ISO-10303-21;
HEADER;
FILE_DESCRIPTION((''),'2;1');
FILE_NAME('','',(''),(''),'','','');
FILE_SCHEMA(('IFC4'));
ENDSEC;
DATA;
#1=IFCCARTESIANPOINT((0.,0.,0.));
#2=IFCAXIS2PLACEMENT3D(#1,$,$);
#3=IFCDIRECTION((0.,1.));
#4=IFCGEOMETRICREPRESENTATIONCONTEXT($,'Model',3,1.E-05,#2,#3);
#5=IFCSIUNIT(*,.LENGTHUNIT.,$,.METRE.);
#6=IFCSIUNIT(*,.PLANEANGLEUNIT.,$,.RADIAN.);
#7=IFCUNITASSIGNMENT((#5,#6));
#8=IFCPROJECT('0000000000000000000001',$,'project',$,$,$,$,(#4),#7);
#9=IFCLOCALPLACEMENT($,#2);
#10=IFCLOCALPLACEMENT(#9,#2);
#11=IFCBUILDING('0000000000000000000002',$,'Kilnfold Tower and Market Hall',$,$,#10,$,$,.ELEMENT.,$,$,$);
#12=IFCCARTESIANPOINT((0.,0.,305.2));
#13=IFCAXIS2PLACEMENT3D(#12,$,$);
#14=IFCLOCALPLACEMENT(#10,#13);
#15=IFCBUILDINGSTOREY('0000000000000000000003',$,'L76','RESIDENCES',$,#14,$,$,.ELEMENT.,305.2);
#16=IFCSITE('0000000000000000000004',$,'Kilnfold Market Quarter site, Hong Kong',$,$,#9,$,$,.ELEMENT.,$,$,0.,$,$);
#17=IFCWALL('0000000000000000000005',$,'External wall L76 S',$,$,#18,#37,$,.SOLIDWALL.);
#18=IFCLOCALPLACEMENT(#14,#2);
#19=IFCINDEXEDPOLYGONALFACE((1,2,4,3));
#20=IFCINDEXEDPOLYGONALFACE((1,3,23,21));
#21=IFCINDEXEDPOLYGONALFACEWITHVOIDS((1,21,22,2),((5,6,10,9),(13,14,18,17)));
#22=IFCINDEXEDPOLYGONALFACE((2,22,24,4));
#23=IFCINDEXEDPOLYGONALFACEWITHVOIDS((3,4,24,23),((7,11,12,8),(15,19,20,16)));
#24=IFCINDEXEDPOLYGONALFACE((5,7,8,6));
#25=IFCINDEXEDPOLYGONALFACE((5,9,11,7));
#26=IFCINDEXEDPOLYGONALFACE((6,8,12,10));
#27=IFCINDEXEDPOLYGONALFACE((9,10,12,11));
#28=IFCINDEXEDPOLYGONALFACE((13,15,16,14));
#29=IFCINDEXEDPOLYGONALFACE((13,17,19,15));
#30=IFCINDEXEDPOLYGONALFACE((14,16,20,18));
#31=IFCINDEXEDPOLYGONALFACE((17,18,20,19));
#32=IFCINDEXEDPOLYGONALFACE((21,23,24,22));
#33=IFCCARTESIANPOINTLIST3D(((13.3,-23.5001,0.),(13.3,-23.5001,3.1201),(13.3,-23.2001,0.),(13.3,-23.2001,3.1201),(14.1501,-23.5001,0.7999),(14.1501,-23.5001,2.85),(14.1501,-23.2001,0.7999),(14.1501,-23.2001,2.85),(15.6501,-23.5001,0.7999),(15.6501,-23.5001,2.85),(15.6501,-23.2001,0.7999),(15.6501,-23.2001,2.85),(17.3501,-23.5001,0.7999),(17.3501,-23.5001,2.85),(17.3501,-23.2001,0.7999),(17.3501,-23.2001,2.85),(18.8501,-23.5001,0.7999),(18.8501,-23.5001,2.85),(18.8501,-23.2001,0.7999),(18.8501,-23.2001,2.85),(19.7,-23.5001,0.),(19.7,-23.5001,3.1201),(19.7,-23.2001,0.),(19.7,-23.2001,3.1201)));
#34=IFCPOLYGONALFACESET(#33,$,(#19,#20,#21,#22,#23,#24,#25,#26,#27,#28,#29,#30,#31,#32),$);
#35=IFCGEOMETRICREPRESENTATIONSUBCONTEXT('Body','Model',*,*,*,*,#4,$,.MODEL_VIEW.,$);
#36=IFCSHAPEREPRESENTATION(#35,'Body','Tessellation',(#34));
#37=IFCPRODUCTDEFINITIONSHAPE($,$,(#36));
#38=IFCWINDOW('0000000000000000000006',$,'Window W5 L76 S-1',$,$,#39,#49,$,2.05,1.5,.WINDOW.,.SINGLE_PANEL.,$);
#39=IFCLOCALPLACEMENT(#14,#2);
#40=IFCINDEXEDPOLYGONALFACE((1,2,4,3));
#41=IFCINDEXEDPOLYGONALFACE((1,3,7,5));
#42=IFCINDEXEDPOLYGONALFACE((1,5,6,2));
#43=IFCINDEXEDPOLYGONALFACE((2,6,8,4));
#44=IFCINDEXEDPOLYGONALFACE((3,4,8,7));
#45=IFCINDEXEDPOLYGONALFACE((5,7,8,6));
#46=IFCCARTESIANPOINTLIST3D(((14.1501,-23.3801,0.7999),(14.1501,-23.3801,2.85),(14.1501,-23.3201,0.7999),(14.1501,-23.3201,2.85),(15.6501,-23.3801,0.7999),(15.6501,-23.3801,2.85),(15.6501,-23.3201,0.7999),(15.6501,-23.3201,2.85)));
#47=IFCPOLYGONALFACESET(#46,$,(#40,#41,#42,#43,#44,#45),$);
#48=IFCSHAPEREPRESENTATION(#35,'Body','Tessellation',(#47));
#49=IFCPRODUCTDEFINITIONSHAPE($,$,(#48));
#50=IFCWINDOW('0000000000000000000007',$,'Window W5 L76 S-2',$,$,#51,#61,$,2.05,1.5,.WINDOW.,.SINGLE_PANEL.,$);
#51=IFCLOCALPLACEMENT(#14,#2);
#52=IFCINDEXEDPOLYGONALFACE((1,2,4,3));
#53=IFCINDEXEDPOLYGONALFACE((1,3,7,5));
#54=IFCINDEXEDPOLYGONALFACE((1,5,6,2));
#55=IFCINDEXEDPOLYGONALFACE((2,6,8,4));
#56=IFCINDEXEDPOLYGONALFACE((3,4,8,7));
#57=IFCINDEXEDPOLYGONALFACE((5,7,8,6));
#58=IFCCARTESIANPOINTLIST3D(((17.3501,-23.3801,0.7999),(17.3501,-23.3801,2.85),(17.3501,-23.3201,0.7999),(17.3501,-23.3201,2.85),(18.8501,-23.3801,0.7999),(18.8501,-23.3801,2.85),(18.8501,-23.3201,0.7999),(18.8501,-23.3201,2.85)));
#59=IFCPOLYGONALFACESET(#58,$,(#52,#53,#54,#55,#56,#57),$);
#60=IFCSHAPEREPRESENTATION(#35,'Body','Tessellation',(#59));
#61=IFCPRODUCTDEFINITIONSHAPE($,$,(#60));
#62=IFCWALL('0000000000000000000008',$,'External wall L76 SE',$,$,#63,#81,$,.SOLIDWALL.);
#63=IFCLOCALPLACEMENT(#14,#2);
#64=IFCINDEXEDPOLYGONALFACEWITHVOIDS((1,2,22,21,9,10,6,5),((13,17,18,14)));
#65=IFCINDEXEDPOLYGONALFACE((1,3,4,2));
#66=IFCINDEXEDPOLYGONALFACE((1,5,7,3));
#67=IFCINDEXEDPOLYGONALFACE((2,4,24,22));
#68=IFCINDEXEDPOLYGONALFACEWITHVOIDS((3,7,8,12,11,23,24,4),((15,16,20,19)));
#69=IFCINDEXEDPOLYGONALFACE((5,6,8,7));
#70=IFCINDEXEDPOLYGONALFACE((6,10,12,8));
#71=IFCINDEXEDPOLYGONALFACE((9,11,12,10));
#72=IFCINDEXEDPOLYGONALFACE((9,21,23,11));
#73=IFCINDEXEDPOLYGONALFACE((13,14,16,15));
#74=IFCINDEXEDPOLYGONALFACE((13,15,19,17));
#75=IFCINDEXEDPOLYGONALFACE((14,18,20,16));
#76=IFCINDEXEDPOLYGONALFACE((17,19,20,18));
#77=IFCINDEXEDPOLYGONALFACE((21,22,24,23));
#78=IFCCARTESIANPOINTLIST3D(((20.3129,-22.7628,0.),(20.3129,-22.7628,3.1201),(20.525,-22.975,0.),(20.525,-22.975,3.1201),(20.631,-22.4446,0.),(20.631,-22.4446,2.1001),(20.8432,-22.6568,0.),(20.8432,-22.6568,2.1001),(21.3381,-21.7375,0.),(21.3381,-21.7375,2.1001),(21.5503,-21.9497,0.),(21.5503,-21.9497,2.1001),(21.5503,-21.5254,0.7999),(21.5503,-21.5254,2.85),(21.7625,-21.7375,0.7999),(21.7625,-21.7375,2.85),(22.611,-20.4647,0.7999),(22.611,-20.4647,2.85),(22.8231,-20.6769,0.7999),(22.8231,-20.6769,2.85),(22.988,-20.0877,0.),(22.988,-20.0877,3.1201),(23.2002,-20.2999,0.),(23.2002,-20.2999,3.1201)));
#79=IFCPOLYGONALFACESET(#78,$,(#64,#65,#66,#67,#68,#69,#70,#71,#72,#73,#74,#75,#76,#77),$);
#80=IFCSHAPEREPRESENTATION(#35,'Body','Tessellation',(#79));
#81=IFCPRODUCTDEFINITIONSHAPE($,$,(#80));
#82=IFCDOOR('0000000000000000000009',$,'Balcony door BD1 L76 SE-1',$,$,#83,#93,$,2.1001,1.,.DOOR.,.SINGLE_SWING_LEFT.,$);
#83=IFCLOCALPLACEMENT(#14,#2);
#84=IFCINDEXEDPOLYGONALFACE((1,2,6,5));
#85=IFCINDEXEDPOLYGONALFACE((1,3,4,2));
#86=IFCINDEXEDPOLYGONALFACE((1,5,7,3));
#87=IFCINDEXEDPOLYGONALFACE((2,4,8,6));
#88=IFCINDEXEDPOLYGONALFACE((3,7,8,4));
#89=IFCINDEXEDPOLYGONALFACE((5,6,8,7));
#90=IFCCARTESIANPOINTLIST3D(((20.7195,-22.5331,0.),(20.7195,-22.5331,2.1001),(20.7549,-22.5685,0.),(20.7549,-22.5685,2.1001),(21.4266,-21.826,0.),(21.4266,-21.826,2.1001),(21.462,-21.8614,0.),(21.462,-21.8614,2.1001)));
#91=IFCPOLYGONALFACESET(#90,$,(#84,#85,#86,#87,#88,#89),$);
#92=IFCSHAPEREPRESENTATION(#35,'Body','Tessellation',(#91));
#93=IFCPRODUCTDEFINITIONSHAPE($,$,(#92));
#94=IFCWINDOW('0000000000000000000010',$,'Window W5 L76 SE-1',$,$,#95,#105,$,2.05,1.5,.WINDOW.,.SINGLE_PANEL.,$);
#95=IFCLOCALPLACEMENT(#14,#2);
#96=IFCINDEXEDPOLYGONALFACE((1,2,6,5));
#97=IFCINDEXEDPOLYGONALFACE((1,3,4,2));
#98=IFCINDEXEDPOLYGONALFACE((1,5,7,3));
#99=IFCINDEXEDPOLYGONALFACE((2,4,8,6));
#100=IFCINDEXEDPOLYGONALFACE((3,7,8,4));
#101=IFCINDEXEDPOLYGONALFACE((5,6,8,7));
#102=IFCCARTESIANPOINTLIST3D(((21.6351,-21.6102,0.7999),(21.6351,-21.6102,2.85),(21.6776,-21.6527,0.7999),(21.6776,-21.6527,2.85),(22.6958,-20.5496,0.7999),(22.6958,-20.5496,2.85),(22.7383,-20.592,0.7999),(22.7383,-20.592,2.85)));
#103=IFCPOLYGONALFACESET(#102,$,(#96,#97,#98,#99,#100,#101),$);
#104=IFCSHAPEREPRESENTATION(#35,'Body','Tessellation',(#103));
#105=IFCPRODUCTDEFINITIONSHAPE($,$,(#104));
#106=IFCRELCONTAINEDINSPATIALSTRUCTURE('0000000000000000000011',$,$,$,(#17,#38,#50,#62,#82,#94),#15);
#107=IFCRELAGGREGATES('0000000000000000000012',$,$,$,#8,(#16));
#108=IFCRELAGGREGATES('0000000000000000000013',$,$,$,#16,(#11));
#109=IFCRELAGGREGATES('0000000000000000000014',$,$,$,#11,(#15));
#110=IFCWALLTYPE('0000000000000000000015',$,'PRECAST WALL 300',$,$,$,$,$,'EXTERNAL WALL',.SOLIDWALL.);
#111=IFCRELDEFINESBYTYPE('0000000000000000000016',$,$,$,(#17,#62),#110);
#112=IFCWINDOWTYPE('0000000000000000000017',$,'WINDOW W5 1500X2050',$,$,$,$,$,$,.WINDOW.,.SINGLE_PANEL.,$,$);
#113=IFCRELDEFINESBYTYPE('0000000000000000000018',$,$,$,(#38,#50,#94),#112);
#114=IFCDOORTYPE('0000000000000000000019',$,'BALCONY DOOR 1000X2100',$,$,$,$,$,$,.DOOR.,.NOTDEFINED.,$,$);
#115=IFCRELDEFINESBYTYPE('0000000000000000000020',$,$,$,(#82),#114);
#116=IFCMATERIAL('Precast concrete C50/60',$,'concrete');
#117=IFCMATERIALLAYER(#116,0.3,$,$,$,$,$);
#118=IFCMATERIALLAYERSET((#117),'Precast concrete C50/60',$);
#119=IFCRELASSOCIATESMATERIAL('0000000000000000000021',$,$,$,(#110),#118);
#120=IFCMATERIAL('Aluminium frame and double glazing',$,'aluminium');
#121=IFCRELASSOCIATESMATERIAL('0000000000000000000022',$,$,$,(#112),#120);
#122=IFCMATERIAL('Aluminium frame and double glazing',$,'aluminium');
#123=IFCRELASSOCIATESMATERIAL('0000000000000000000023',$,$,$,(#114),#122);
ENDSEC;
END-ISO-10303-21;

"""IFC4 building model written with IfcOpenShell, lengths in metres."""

from ifc_helpers import new_model, si_unit, direction, frame, frame_2d, origin, place, context, subcontext, project, spatial, rectangle, extrude, source, transform, mapped, material, layer, layer_set, type_object, element, fill, save


model = new_model("IFC4")

# Units and contexts
model_context = context("Model", 3, precision=1e-05, world=origin(), true_north=direction((0.0, 1.0)))
body_context = subcontext(model_context, "Body", "Model", "MODEL_VIEW")
ifc_project = project(units=[si_unit("LENGTHUNIT", "METRE"), si_unit("PLANEANGLEUNIT", "RADIAN")], contexts=[model_context])

# Site, building, storey
site_placement = place(None, origin())
site = spatial("IfcSite", under=ifc_project, at=site_placement, Name="Kilnfold Market Quarter site, Hong Kong", CompositionType="ELEMENT", RefElevation=0.0)
building_placement = place(site_placement, origin())
building = spatial("IfcBuilding", under=site, at=building_placement, Name="Kilnfold Tower and Market Hall", CompositionType="ELEMENT")
storey_placement = place(building_placement, frame((0.0, 0.0, 305.2)))
storey = spatial("IfcBuildingStorey", under=building, at=storey_placement, Name="L76", Description="RESIDENCES", CompositionType="ELEMENT", Elevation=305.2)

# Wall, openings, windows
ifc_material_1 = material(Name="Precast concrete C50/60", Category="concrete")
ifc_layer_1 = layer(ifc_material_1, 0.3)
ifc_layer_set_1 = layer_set([ifc_layer_1], Name="Precast concrete C50/60")
wall_type_1 = type_object("IfcWallType", Name="PRECAST WALL 300", ElementType="EXTERNAL WALL", PredefinedType="SOLIDWALL", material=ifc_layer_set_1)
shared_shape_1 = source(origin(), body_context, "Body", "SweptSolid", [
    extrude(rectangle(XDim=6.3999, YDim=0.3, at=frame_2d((3.2, 0.0))), origin(), (0.0, 0.0, 1.0), 3.1201),
])
wall_1_placement = place(storey_placement, frame((13.3, -23.3501, 0.0), z_axis=(0.0, 0.0, 1.0), x_axis=(1.0, 0.0, 0.0)))
wall_1 = element("IfcWall", 1, at=wall_1_placement, inside=storey, type_object=wall_type_1, Name="External wall L76 S", PredefinedType="SOLIDWALL", context=body_context, shape_type="MappedRepresentation", body=[
    mapped(shared_shape_1, transform((0.0, 0.0, 0.0))),
])
opening_1_placement = place(wall_1_placement, frame((0.8501, 0.0, 0.8)))
opening_1 = element("IfcOpeningElement", 2, at=opening_1_placement, cuts=wall_1, PredefinedType="OPENING", context=body_context, shape_type="SweptSolid", body=[
    extrude(rectangle(XDim=1.5, YDim=2.05, at=frame_2d((0.75, 1.0249))), frame((0.0, 0.1602, 0.0), z_axis=(0.0, -1.0, 0.0), x_axis=(1.0, 0.0, 0.0)), (0.0, 0.0, 1.0), 0.3201),
])
opening_2_placement = place(wall_1_placement, frame((4.05, 0.0, 0.8)))
opening_2 = element("IfcOpeningElement", 3, at=opening_2_placement, cuts=wall_1, PredefinedType="OPENING", context=body_context, shape_type="SweptSolid", body=[
    extrude(rectangle(XDim=1.5, YDim=2.05, at=frame_2d((0.75, 1.0249))), frame((0.0, 0.1602, 0.0), z_axis=(0.0, -1.0, 0.0), x_axis=(1.0, 0.0, 0.0)), (0.0, 0.0, 1.0), 0.3201),
])
ifc_material_2 = material(Name="Aluminium frame and double glazing", Category="aluminium")
window_type = type_object("IfcWindowType", Name="WINDOW W5 1500X2050", PartitioningType="SINGLE_PANEL", PredefinedType="WINDOW", material=ifc_material_2)
window_1_placement = place(opening_1_placement, origin())
window_1 = element("IfcWindow", 4, at=window_1_placement, inside=storey, type_object=window_type, Name="Window W5 L76 S-1", OverallHeight=2.05, OverallWidth=1.5, PartitioningType="SINGLE_PANEL", PredefinedType="WINDOW", context=body_context, shape_type="SweptSolid", body=[
    extrude(rectangle(XDim=1.5, YDim=2.05, at=frame_2d((0.75, 1.0249))), frame((0.0, 0.03, 0.0), z_axis=(0.0, -1.0, 0.0), x_axis=(1.0, 0.0, 0.0)), (0.0, 0.0, 1.0), 0.0601),
])
fill(opening_1, window_1)
window_2_placement = place(opening_2_placement, origin())
window_2 = element("IfcWindow", 5, at=window_2_placement, inside=storey, type_object=window_type, Name="Window W5 L76 S-2", OverallHeight=2.05, OverallWidth=1.5, PartitioningType="SINGLE_PANEL", PredefinedType="WINDOW", context=body_context, shape_type="SweptSolid", body=[
    extrude(rectangle(XDim=1.5, YDim=2.05, at=frame_2d((0.75, 1.0249))), frame((0.0, 0.03, 0.0), z_axis=(0.0, -1.0, 0.0), x_axis=(1.0, 0.0, 0.0)), (0.0, 0.0, 1.0), 0.0601),
])
fill(opening_2, window_2)

# Wall, openings, door, window
shared_shape_2 = source(origin(), body_context, "Body", "SweptSolid", [
    extrude(rectangle(XDim=3.7832, YDim=0.3, at=frame_2d((1.8916, 0.0))), origin(), (0.0, 0.0, 1.0), 3.1201),
])
wall_2_placement = place(storey_placement, frame((20.4189, -22.8689, 0.0), z_axis=(0.0, 0.0, 1.0), x_axis=(0.707107, 0.707107, 0.0)))
wall_2 = element("IfcWall", 6, at=wall_2_placement, inside=storey, type_object=wall_type_1, Name="External wall L76 SE", PredefinedType="SOLIDWALL", context=body_context, shape_type="MappedRepresentation", body=[
    mapped(shared_shape_2, transform((0.0, 0.0, 0.0))),
])
opening_3_placement = place(wall_2_placement, frame((1.75, 0.0, 0.8)))
opening_3 = element("IfcOpeningElement", 7, at=opening_3_placement, cuts=wall_2, PredefinedType="OPENING", context=body_context, shape_type="SweptSolid", body=[
    extrude(rectangle(XDim=1.5, YDim=2.05, at=frame_2d((0.75, 1.0249))), frame((0.0, 0.1602, 0.0), z_axis=(0.0, -1.0, 0.0), x_axis=(1.0, 0.0, 0.0)), (0.0, 0.0, 1.0), 0.3201),
])
opening_4_placement = place(wall_2_placement, frame((0.45, 0.0, 0.0)))
opening_4 = element("IfcOpeningElement", 8, at=opening_4_placement, cuts=wall_2, PredefinedType="OPENING", context=body_context, shape_type="SweptSolid", body=[
    extrude(rectangle(XDim=1.0, YDim=2.1001, at=frame_2d((0.5, 1.05))), frame((0.0, 0.1602, 0.0), z_axis=(0.0, -1.0, 0.0), x_axis=(1.0, 0.0, 0.0)), (0.0, 0.0, 1.0), 0.3201),
])
ifc_material_3 = material(Name="Aluminium frame and double glazing", Category="aluminium")
door_type_1 = type_object("IfcDoorType", Name="BALCONY DOOR 1000X2100", OperationType="NOTDEFINED", PredefinedType="DOOR", material=ifc_material_3)
door_1_placement = place(opening_4_placement, origin())
door_1 = element("IfcDoor", 9, at=door_1_placement, inside=storey, type_object=door_type_1, Name="Balcony door BD1 L76 SE-1", OperationType="SINGLE_SWING_LEFT", OverallHeight=2.1001, OverallWidth=1.0, PredefinedType="DOOR", context=body_context, shape_type="SweptSolid", body=[
    extrude(rectangle(XDim=1.0, YDim=2.1001, at=frame_2d((0.5, 1.05))), frame((0.0, 0.0249, 0.0), z_axis=(0.0, -1.0, 0.0), x_axis=(1.0, 0.0, 0.0)), (0.0, 0.0, 1.0), 0.05),
])
fill(opening_4, door_1)
window_3_placement = place(opening_3_placement, origin())
window_3 = element("IfcWindow", 10, at=window_3_placement, inside=storey, type_object=window_type, Name="Window W5 L76 SE-1", OverallHeight=2.05, OverallWidth=1.5, PartitioningType="SINGLE_PANEL", PredefinedType="WINDOW", context=body_context, shape_type="SweptSolid", body=[
    extrude(rectangle(XDim=1.5, YDim=2.05, at=frame_2d((0.75, 1.0249))), frame((0.0, 0.03, 0.0), z_axis=(0.0, -1.0, 0.0), x_axis=(1.0, 0.0, 0.0)), (0.0, 0.0, 1.0), 0.0601),
])
fill(opening_3, window_3)

save(model, "model.ifc")
